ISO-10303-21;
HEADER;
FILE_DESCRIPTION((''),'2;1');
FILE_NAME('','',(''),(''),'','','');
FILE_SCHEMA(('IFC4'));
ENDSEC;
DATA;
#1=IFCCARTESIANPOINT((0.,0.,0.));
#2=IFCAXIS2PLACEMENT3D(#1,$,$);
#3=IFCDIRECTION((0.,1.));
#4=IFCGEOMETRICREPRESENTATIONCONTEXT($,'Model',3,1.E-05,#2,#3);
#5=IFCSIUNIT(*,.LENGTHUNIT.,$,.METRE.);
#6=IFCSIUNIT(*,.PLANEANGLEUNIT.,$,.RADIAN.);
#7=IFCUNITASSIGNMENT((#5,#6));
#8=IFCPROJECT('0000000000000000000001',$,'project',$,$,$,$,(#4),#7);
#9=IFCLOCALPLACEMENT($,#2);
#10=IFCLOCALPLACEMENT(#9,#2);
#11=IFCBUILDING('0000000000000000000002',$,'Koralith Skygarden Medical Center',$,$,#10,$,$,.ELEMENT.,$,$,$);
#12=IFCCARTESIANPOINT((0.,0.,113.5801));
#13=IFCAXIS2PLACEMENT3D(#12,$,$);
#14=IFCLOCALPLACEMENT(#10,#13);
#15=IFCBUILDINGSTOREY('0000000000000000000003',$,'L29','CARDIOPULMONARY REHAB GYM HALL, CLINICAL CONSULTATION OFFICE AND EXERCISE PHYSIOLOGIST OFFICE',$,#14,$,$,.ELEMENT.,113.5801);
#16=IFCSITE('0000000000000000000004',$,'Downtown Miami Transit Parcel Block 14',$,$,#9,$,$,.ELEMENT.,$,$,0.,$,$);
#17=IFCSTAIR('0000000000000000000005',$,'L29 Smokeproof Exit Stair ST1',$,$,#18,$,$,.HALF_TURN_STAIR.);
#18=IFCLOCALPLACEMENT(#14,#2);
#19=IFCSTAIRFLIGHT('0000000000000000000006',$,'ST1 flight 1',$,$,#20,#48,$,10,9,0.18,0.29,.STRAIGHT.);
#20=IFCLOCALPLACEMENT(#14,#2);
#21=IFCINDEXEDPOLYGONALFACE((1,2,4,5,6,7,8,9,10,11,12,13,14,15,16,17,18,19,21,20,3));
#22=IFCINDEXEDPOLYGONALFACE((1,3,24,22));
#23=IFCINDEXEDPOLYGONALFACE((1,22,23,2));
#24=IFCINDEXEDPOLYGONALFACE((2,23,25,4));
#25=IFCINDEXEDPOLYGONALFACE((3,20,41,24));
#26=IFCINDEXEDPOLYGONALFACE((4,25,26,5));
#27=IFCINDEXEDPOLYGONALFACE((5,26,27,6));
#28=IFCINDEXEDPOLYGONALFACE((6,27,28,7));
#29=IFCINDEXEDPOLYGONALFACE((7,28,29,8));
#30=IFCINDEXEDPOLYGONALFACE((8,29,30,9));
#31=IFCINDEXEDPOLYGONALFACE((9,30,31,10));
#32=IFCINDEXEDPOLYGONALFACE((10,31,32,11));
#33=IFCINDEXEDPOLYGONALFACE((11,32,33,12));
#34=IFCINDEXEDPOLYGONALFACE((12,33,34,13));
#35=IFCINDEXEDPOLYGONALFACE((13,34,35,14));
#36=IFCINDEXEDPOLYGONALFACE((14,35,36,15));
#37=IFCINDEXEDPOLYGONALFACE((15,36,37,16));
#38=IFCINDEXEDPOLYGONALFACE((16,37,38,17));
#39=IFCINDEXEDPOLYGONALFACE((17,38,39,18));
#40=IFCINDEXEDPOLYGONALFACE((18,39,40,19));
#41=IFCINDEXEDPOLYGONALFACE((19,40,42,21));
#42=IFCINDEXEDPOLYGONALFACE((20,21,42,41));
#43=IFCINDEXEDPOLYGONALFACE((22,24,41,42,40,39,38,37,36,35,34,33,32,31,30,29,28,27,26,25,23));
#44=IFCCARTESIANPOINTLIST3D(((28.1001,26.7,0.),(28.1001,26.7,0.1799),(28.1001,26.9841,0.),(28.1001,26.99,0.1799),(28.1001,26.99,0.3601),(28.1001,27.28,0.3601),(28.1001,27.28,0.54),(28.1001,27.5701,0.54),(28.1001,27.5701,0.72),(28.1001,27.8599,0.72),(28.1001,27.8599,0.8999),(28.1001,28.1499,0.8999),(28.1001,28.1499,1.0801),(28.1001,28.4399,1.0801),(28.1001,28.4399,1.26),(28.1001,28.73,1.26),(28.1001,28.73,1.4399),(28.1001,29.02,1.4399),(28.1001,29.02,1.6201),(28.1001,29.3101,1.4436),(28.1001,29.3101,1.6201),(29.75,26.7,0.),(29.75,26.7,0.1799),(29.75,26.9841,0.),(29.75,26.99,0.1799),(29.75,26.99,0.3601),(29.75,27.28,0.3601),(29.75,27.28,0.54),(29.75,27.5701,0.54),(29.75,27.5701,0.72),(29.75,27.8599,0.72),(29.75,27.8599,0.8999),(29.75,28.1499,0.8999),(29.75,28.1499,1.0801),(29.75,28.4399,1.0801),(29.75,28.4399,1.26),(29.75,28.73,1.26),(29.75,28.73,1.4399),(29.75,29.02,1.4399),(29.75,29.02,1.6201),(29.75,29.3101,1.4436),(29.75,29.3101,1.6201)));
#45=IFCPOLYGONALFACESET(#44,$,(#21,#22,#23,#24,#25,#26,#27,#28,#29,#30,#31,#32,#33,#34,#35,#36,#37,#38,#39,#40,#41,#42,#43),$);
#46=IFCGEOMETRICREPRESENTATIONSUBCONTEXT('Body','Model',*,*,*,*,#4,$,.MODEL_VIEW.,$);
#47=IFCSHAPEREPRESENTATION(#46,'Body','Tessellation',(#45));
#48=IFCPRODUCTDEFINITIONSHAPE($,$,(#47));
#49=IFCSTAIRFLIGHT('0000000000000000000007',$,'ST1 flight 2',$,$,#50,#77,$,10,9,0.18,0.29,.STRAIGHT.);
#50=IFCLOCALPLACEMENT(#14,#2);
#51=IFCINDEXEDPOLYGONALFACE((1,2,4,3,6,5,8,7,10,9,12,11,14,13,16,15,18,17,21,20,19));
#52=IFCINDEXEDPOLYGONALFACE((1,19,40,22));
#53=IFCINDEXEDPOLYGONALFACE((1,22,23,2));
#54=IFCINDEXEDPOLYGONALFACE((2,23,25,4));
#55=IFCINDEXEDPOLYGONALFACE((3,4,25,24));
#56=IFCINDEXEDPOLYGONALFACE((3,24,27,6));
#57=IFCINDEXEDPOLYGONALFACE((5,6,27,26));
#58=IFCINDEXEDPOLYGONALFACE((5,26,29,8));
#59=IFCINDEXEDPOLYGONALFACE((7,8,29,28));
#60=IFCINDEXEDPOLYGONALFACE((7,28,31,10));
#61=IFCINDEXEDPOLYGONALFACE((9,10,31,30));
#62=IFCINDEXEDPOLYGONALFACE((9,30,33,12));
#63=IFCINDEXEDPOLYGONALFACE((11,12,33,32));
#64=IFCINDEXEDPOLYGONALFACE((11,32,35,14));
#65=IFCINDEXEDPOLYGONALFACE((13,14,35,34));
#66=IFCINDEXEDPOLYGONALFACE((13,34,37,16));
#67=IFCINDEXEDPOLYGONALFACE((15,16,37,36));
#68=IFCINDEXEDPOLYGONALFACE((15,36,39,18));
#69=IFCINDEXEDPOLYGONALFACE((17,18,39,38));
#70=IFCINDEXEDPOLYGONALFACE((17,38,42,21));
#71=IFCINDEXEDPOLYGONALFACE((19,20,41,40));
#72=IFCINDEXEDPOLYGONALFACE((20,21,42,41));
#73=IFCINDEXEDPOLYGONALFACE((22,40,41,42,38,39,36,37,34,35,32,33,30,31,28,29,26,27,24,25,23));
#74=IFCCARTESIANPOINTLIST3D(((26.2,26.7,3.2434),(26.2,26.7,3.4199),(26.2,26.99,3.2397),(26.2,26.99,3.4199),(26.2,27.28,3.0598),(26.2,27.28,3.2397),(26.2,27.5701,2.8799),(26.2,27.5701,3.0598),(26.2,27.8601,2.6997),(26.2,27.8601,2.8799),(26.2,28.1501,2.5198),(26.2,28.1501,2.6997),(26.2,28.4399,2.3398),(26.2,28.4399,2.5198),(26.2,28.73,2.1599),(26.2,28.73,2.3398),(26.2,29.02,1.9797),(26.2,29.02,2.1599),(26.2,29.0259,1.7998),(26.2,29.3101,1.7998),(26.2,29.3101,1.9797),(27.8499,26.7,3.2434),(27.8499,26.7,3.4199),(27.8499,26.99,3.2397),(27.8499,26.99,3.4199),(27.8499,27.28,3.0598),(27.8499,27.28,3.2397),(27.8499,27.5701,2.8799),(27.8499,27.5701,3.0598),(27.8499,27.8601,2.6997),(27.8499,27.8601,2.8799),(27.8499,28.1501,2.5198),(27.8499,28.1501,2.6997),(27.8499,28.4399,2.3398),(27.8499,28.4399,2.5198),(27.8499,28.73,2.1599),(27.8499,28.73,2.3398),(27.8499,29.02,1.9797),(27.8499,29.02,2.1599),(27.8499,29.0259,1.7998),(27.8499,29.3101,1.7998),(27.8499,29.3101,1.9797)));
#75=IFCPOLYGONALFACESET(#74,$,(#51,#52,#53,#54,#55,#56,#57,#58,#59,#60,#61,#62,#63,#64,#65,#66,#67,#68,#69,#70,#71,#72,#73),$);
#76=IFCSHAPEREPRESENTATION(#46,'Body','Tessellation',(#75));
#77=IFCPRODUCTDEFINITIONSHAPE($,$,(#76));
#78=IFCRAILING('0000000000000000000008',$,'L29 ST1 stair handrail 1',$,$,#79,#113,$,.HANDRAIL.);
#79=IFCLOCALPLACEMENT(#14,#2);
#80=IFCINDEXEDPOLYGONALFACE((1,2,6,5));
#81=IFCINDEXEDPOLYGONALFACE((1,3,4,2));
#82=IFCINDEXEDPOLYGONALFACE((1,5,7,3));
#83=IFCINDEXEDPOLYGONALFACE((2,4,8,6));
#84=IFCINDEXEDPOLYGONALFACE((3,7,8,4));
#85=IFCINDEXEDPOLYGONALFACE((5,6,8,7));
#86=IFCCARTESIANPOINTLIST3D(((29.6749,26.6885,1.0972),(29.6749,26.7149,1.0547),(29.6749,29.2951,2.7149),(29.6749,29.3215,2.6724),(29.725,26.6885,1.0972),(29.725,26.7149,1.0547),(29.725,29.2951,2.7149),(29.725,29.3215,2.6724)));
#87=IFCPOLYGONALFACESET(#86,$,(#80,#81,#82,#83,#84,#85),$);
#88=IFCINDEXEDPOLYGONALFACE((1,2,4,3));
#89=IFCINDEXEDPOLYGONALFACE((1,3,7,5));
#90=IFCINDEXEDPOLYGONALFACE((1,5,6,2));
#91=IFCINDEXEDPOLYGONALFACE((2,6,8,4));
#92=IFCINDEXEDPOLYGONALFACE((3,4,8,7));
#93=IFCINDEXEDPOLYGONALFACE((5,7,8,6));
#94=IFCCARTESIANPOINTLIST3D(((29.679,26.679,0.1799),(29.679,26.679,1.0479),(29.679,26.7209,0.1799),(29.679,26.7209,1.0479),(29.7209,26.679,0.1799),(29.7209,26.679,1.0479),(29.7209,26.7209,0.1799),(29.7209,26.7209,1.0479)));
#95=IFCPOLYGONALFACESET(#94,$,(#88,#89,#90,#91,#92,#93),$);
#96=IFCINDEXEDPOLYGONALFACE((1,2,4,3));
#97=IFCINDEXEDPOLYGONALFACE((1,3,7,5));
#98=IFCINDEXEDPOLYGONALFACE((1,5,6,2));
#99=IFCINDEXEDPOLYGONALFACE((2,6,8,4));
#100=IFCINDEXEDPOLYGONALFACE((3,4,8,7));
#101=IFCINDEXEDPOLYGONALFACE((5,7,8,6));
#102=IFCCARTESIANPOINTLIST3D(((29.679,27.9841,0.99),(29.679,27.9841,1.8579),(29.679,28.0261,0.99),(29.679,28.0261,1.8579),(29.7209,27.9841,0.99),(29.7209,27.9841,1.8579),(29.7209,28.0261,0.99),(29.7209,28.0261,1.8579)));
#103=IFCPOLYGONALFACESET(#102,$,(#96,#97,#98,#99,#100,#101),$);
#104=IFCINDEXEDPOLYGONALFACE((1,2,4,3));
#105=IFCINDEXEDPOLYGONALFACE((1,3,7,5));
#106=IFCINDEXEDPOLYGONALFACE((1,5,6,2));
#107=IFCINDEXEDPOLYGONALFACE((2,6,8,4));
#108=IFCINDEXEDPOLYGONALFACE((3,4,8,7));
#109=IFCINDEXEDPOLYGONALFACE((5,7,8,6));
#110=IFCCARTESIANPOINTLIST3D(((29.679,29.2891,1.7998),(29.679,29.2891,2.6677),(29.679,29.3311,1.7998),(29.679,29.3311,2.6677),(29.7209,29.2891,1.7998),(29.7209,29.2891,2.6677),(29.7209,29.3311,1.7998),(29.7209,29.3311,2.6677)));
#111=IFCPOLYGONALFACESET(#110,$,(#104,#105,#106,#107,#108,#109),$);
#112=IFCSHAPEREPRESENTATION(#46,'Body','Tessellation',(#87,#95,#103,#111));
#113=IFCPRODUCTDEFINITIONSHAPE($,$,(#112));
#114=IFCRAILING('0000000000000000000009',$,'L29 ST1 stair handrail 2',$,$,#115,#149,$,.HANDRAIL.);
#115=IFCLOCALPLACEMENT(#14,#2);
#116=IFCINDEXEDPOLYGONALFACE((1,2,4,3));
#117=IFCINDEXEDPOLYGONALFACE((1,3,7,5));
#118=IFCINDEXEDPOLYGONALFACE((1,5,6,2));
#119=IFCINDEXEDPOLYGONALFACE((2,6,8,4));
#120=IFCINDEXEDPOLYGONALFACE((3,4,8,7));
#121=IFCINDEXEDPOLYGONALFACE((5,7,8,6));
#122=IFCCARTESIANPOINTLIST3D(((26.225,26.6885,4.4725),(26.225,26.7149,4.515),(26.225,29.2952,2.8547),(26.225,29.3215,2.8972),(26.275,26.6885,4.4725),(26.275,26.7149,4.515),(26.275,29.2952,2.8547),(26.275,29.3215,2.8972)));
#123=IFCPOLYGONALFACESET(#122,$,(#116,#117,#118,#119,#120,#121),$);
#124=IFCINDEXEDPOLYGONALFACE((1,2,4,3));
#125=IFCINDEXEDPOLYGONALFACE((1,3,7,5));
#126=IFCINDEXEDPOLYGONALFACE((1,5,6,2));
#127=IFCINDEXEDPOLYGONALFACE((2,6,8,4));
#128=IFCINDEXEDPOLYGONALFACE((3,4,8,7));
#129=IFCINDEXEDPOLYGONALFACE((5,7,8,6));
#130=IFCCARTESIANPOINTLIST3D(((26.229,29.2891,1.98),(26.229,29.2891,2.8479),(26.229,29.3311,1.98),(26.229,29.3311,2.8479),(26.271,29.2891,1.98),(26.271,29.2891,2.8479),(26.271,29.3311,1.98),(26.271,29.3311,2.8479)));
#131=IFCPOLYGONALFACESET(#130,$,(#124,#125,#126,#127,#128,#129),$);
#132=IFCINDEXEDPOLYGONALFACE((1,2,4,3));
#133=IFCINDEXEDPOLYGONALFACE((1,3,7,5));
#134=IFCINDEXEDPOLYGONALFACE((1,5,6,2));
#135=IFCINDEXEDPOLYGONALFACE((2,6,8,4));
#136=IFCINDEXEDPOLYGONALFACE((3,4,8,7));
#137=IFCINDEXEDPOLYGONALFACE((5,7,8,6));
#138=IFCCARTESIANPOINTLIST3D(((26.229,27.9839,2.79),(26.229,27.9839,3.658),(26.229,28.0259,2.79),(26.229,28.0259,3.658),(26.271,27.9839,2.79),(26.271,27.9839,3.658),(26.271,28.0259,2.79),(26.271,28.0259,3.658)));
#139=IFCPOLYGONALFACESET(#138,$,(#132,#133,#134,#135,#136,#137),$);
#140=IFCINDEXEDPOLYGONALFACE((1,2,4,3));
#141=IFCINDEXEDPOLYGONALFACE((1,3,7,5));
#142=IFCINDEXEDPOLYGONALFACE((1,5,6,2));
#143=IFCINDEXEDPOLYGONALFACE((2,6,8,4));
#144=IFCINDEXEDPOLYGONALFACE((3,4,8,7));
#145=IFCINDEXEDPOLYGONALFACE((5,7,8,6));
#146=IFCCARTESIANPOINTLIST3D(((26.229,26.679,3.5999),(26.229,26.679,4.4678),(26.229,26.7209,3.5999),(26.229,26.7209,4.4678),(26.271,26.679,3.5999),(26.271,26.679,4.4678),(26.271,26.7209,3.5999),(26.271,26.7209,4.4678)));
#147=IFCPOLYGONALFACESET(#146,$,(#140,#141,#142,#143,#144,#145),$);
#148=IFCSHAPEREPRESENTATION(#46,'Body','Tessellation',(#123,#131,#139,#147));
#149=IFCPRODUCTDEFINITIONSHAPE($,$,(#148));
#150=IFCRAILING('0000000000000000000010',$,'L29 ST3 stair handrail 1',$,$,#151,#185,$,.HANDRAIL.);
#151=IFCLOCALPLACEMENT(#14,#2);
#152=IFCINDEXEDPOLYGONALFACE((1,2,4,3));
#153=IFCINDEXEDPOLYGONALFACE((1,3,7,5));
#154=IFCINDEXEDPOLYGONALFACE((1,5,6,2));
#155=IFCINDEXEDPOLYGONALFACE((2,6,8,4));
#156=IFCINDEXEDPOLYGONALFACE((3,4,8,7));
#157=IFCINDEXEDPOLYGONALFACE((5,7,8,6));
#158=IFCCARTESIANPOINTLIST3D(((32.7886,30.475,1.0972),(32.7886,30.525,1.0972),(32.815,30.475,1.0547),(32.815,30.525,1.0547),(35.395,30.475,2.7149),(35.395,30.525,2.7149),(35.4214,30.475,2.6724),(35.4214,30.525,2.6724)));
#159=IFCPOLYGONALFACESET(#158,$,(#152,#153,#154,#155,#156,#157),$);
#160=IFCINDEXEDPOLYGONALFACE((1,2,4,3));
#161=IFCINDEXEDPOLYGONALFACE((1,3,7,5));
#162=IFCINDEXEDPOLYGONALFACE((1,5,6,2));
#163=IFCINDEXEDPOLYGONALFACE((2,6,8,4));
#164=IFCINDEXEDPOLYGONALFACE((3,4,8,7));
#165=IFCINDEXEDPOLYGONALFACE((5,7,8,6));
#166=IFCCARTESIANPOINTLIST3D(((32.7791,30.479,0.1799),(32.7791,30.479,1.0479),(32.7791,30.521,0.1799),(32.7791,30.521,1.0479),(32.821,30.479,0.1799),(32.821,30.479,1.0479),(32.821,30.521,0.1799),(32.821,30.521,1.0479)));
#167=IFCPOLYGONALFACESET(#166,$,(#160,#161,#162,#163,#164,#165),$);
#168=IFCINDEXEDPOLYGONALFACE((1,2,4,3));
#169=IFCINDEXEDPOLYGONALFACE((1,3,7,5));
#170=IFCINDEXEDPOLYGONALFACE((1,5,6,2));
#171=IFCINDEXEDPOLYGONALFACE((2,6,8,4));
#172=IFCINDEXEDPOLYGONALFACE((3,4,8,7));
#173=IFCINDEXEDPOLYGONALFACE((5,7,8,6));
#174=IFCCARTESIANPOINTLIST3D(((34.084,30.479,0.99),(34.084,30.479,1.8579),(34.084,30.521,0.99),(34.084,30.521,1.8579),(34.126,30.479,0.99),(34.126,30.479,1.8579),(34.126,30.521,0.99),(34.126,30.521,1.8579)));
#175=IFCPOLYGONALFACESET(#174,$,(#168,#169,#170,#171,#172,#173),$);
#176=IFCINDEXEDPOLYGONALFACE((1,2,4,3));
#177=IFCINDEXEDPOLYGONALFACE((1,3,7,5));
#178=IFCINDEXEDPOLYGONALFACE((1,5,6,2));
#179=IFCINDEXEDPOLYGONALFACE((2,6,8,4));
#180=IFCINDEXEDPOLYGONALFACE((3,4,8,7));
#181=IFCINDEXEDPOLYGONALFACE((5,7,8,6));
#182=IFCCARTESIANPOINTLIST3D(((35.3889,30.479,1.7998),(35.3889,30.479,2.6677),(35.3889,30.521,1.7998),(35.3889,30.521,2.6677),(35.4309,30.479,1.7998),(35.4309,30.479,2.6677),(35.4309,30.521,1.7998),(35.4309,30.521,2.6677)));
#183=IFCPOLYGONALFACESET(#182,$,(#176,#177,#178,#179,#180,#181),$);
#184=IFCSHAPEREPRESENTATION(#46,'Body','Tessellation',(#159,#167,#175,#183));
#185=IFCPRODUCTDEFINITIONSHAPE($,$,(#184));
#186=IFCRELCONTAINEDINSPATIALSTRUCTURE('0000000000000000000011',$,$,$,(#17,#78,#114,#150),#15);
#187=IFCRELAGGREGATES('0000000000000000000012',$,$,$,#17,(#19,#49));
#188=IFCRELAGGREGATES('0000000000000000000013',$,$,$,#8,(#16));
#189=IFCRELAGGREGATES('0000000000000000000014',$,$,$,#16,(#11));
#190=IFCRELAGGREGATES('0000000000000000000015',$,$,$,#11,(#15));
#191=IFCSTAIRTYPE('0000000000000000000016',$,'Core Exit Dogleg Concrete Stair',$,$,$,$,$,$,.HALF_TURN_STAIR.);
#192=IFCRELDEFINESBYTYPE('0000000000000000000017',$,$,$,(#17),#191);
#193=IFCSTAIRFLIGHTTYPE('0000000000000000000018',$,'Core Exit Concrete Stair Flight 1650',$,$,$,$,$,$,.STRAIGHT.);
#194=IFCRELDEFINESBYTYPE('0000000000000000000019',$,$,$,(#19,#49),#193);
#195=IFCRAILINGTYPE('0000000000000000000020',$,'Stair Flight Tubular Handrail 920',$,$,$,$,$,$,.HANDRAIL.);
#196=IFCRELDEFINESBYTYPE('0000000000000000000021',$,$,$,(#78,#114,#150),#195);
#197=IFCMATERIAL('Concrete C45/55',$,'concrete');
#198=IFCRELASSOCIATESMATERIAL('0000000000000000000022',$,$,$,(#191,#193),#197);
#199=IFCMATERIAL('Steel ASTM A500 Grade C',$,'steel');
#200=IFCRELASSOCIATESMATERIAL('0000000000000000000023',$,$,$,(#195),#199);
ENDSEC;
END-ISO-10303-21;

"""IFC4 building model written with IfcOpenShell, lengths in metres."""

from ifc_helpers import new_model, si_unit, direction, frame, origin, origin_2d, place, context, subcontext, project, spatial, polyline, rectangle, outline, extrude, material, type_object, element, aggregate, save


model = new_model("IFC4")

# Units and contexts
model_context = context("Model", 3, precision=1e-05, world=origin(), true_north=direction((0.0, 1.0)))
body_context = subcontext(model_context, "Body", "Model", "MODEL_VIEW")
ifc_project = project(units=[si_unit("LENGTHUNIT", "METRE"), si_unit("PLANEANGLEUNIT", "RADIAN")], contexts=[model_context])

# Site, building, storey
site_placement = place(None, origin())
site = spatial("IfcSite", under=ifc_project, at=site_placement, Name="Downtown Miami Transit Parcel Block 14", CompositionType="ELEMENT", RefElevation=0.0)
building_placement = place(site_placement, origin())
building = spatial("IfcBuilding", under=site, at=building_placement, Name="Koralith Skygarden Medical Center", CompositionType="ELEMENT")
storey_placement = place(building_placement, frame((0.0, 0.0, 113.5801)))
storey = spatial("IfcBuildingStorey", under=building, at=storey_placement, Name="L29", Description="CARDIOPULMONARY REHAB GYM HALL, CLINICAL CONSULTATION OFFICE AND EXERCISE PHYSIOLOGIST OFFICE", CompositionType="ELEMENT", Elevation=113.5801)

# Shared definitions
ifc_material_1 = material(Name="Concrete C45/55", Category="concrete")

# Shared definitions
ifc_material_2 = material(Name="Steel ASTM A500 Grade C", Category="steel")

# Stair, stair flights
stair_type = type_object("IfcStairType", Name="Core Exit Dogleg Concrete Stair", PredefinedType="HALF_TURN_STAIR", material=ifc_material_1)
stair_placement = place(storey_placement, origin())
stair = element("IfcStair", 1, at=stair_placement, inside=storey, type_object=stair_type, Name="L29 Smokeproof Exit Stair ST1", PredefinedType="HALF_TURN_STAIR")
stair_flight_type = type_object("IfcStairFlightType", Name="Core Exit Concrete Stair Flight 1650", PredefinedType="STRAIGHT", material=ifc_material_1)
stair_flight_1_placement = place(storey_placement, frame((28.925, 26.7, 0.0), z_axis=(0.0, 0.0, 1.0), x_axis=(0.0, 1.0, 0.0)))
stair_flight_1 = element("IfcStairFlight", 2, at=stair_flight_1_placement, type_object=stair_flight_type, Name="ST1 flight 1", NumberOfRisers=10, NumberOfTreads=9, PredefinedType="STRAIGHT", RiserHeight=0.18, TreadLength=0.29, context=body_context, shape_type="SweptSolid", body=[
    extrude(outline(polyline([(0.0, 0.0), (0.0, 0.1799), (0.29, 0.1799), (0.29, 0.3601), (0.5801, 0.3601), (0.5801, 0.54), (0.8701, 0.54), (0.8701, 0.72), (1.1599, 0.72), (1.1599, 0.8999), (1.45, 0.8999), (1.45, 1.0801), (1.74, 1.0801), (1.74, 1.26), (2.03, 1.26), (2.03, 1.4399), (2.3201, 1.4399), (2.3201, 1.6201), (2.6101, 1.6201), (2.6101, 1.8), (2.6101, 1.4436), (0.2842, 0.0), (0.0, 0.0)])), frame((0.0, 0.825, 0.0), z_axis=(0.0, -1.0, 0.0), x_axis=(1.0, 0.0, 0.0)), (0.0, 0.0, 1.0), 1.6499),
])
stair_flight_2_placement = place(storey_placement, frame((27.0249, 29.3101, 1.7998), z_axis=(0.0, 0.0, 1.0), x_axis=(0.0, -1.0, 0.0)))
stair_flight_2 = element("IfcStairFlight", 3, at=stair_flight_2_placement, type_object=stair_flight_type, Name="ST1 flight 2", NumberOfRisers=10, NumberOfTreads=9, PredefinedType="STRAIGHT", RiserHeight=0.18, TreadLength=0.29, context=body_context, shape_type="SweptSolid", body=[
    extrude(outline(polyline([(0.0, 0.0), (0.0, 0.1799), (0.29, 0.1799), (0.29, 0.3601), (0.5801, 0.3601), (0.5801, 0.54), (0.8701, 0.54), (0.8701, 0.72), (1.1599, 0.72), (1.1599, 0.8999), (1.45, 0.8999), (1.45, 1.0801), (1.74, 1.0801), (1.74, 1.26), (2.03, 1.26), (2.03, 1.4399), (2.3201, 1.4399), (2.3201, 1.6201), (2.6101, 1.6201), (2.6101, 1.8), (2.6101, 1.4436), (0.2842, 0.0), (0.0, 0.0)])), frame((0.0, 0.825, 0.0), z_axis=(0.0, -1.0, 0.0), x_axis=(1.0, 0.0, 0.0)), (0.0, 0.0, 1.0), 1.6499),
])
aggregate(stair, [stair_flight_1, stair_flight_2])

# Railings
railing_type_1 = type_object("IfcRailingType", Name="Stair Flight Tubular Handrail 920", PredefinedType="HANDRAIL", material=ifc_material_2)
railing_1_placement = place(storey_placement, frame((29.7, 26.7, 0.1799)))
element("IfcRailing", 4, at=railing_1_placement, inside=storey, type_object=railing_type_1, Name="L29 ST1 stair handrail 1", PredefinedType="HANDRAIL", context=body_context, shape_type="SweptSolid", body=[
    extrude(rectangle(XDim=0.05, YDim=0.05, at=origin_2d()), frame((0.0, 0.0017, 0.896), z_axis=(0.0, 0.849668, 0.527317), x_axis=(-1.0, 0.0, 0.0)), (0.0, 0.0, 1.0), 3.0679),
    extrude(rectangle(XDim=0.042, YDim=0.042, at=origin_2d()), origin(), (0.0, 0.0, 1.0), 0.8679),
    extrude(rectangle(XDim=0.042, YDim=0.042, at=origin_2d()), frame((0.0, 1.3052, 0.8101)), (0.0, 0.0, 1.0), 0.8679),
    extrude(rectangle(XDim=0.042, YDim=0.042, at=origin_2d()), frame((0.0, 2.6101, 1.6199)), (0.0, 0.0, 1.0), 0.8679),
])
railing_2_placement = place(storey_placement, frame((26.25, 29.3101, 1.98)))
element("IfcRailing", 5, at=railing_2_placement, inside=storey, type_object=railing_type_1, Name="L29 ST1 stair handrail 2", PredefinedType="HANDRAIL", context=body_context, shape_type="SweptSolid", body=[
    extrude(rectangle(XDim=0.05, YDim=0.05, at=origin_2d()), frame((0.0, -0.0017, 0.896), z_axis=(0.0, -0.849668, 0.527317), x_axis=(1.0, 0.0, 0.0)), (0.0, 0.0, 1.0), 3.0679),
    extrude(rectangle(XDim=0.042, YDim=0.042, at=origin_2d()), origin(), (0.0, 0.0, 1.0), 0.8679),
    extrude(rectangle(XDim=0.042, YDim=0.042, at=origin_2d()), frame((0.0, -1.3052, 0.8101)), (0.0, 0.0, 1.0), 0.8679),
    extrude(rectangle(XDim=0.042, YDim=0.042, at=origin_2d()), frame((0.0, -2.6101, 1.6199)), (0.0, 0.0, 1.0), 0.8679),
])
railing_3_placement = place(storey_placement, frame((32.8, 30.5, 0.1799)))
element("IfcRailing", 6, at=railing_3_placement, inside=storey, type_object=railing_type_1, Name="L29 ST3 stair handrail 1", PredefinedType="HANDRAIL", context=body_context, shape_type="SweptSolid", body=[
    extrude(rectangle(XDim=0.05, YDim=0.05, at=origin_2d()), frame((0.0017, 0.0, 0.896), z_axis=(0.849646, 0.0, 0.527353), x_axis=(0.0, 1.0, 0.0)), (0.0, 0.0, 1.0), 3.0676),
    extrude(rectangle(XDim=0.042, YDim=0.042, at=origin_2d()), origin(), (0.0, 0.0, 1.0), 0.8679),
    extrude(rectangle(XDim=0.042, YDim=0.042, at=origin_2d()), frame((1.3049, 0.0, 0.8101)), (0.0, 0.0, 1.0), 0.8679),
    extrude(rectangle(XDim=0.042, YDim=0.042, at=origin_2d()), frame((2.6099, 0.0, 1.6199)), (0.0, 0.0, 1.0), 0.8679),
])

save(model, "model.ifc")
